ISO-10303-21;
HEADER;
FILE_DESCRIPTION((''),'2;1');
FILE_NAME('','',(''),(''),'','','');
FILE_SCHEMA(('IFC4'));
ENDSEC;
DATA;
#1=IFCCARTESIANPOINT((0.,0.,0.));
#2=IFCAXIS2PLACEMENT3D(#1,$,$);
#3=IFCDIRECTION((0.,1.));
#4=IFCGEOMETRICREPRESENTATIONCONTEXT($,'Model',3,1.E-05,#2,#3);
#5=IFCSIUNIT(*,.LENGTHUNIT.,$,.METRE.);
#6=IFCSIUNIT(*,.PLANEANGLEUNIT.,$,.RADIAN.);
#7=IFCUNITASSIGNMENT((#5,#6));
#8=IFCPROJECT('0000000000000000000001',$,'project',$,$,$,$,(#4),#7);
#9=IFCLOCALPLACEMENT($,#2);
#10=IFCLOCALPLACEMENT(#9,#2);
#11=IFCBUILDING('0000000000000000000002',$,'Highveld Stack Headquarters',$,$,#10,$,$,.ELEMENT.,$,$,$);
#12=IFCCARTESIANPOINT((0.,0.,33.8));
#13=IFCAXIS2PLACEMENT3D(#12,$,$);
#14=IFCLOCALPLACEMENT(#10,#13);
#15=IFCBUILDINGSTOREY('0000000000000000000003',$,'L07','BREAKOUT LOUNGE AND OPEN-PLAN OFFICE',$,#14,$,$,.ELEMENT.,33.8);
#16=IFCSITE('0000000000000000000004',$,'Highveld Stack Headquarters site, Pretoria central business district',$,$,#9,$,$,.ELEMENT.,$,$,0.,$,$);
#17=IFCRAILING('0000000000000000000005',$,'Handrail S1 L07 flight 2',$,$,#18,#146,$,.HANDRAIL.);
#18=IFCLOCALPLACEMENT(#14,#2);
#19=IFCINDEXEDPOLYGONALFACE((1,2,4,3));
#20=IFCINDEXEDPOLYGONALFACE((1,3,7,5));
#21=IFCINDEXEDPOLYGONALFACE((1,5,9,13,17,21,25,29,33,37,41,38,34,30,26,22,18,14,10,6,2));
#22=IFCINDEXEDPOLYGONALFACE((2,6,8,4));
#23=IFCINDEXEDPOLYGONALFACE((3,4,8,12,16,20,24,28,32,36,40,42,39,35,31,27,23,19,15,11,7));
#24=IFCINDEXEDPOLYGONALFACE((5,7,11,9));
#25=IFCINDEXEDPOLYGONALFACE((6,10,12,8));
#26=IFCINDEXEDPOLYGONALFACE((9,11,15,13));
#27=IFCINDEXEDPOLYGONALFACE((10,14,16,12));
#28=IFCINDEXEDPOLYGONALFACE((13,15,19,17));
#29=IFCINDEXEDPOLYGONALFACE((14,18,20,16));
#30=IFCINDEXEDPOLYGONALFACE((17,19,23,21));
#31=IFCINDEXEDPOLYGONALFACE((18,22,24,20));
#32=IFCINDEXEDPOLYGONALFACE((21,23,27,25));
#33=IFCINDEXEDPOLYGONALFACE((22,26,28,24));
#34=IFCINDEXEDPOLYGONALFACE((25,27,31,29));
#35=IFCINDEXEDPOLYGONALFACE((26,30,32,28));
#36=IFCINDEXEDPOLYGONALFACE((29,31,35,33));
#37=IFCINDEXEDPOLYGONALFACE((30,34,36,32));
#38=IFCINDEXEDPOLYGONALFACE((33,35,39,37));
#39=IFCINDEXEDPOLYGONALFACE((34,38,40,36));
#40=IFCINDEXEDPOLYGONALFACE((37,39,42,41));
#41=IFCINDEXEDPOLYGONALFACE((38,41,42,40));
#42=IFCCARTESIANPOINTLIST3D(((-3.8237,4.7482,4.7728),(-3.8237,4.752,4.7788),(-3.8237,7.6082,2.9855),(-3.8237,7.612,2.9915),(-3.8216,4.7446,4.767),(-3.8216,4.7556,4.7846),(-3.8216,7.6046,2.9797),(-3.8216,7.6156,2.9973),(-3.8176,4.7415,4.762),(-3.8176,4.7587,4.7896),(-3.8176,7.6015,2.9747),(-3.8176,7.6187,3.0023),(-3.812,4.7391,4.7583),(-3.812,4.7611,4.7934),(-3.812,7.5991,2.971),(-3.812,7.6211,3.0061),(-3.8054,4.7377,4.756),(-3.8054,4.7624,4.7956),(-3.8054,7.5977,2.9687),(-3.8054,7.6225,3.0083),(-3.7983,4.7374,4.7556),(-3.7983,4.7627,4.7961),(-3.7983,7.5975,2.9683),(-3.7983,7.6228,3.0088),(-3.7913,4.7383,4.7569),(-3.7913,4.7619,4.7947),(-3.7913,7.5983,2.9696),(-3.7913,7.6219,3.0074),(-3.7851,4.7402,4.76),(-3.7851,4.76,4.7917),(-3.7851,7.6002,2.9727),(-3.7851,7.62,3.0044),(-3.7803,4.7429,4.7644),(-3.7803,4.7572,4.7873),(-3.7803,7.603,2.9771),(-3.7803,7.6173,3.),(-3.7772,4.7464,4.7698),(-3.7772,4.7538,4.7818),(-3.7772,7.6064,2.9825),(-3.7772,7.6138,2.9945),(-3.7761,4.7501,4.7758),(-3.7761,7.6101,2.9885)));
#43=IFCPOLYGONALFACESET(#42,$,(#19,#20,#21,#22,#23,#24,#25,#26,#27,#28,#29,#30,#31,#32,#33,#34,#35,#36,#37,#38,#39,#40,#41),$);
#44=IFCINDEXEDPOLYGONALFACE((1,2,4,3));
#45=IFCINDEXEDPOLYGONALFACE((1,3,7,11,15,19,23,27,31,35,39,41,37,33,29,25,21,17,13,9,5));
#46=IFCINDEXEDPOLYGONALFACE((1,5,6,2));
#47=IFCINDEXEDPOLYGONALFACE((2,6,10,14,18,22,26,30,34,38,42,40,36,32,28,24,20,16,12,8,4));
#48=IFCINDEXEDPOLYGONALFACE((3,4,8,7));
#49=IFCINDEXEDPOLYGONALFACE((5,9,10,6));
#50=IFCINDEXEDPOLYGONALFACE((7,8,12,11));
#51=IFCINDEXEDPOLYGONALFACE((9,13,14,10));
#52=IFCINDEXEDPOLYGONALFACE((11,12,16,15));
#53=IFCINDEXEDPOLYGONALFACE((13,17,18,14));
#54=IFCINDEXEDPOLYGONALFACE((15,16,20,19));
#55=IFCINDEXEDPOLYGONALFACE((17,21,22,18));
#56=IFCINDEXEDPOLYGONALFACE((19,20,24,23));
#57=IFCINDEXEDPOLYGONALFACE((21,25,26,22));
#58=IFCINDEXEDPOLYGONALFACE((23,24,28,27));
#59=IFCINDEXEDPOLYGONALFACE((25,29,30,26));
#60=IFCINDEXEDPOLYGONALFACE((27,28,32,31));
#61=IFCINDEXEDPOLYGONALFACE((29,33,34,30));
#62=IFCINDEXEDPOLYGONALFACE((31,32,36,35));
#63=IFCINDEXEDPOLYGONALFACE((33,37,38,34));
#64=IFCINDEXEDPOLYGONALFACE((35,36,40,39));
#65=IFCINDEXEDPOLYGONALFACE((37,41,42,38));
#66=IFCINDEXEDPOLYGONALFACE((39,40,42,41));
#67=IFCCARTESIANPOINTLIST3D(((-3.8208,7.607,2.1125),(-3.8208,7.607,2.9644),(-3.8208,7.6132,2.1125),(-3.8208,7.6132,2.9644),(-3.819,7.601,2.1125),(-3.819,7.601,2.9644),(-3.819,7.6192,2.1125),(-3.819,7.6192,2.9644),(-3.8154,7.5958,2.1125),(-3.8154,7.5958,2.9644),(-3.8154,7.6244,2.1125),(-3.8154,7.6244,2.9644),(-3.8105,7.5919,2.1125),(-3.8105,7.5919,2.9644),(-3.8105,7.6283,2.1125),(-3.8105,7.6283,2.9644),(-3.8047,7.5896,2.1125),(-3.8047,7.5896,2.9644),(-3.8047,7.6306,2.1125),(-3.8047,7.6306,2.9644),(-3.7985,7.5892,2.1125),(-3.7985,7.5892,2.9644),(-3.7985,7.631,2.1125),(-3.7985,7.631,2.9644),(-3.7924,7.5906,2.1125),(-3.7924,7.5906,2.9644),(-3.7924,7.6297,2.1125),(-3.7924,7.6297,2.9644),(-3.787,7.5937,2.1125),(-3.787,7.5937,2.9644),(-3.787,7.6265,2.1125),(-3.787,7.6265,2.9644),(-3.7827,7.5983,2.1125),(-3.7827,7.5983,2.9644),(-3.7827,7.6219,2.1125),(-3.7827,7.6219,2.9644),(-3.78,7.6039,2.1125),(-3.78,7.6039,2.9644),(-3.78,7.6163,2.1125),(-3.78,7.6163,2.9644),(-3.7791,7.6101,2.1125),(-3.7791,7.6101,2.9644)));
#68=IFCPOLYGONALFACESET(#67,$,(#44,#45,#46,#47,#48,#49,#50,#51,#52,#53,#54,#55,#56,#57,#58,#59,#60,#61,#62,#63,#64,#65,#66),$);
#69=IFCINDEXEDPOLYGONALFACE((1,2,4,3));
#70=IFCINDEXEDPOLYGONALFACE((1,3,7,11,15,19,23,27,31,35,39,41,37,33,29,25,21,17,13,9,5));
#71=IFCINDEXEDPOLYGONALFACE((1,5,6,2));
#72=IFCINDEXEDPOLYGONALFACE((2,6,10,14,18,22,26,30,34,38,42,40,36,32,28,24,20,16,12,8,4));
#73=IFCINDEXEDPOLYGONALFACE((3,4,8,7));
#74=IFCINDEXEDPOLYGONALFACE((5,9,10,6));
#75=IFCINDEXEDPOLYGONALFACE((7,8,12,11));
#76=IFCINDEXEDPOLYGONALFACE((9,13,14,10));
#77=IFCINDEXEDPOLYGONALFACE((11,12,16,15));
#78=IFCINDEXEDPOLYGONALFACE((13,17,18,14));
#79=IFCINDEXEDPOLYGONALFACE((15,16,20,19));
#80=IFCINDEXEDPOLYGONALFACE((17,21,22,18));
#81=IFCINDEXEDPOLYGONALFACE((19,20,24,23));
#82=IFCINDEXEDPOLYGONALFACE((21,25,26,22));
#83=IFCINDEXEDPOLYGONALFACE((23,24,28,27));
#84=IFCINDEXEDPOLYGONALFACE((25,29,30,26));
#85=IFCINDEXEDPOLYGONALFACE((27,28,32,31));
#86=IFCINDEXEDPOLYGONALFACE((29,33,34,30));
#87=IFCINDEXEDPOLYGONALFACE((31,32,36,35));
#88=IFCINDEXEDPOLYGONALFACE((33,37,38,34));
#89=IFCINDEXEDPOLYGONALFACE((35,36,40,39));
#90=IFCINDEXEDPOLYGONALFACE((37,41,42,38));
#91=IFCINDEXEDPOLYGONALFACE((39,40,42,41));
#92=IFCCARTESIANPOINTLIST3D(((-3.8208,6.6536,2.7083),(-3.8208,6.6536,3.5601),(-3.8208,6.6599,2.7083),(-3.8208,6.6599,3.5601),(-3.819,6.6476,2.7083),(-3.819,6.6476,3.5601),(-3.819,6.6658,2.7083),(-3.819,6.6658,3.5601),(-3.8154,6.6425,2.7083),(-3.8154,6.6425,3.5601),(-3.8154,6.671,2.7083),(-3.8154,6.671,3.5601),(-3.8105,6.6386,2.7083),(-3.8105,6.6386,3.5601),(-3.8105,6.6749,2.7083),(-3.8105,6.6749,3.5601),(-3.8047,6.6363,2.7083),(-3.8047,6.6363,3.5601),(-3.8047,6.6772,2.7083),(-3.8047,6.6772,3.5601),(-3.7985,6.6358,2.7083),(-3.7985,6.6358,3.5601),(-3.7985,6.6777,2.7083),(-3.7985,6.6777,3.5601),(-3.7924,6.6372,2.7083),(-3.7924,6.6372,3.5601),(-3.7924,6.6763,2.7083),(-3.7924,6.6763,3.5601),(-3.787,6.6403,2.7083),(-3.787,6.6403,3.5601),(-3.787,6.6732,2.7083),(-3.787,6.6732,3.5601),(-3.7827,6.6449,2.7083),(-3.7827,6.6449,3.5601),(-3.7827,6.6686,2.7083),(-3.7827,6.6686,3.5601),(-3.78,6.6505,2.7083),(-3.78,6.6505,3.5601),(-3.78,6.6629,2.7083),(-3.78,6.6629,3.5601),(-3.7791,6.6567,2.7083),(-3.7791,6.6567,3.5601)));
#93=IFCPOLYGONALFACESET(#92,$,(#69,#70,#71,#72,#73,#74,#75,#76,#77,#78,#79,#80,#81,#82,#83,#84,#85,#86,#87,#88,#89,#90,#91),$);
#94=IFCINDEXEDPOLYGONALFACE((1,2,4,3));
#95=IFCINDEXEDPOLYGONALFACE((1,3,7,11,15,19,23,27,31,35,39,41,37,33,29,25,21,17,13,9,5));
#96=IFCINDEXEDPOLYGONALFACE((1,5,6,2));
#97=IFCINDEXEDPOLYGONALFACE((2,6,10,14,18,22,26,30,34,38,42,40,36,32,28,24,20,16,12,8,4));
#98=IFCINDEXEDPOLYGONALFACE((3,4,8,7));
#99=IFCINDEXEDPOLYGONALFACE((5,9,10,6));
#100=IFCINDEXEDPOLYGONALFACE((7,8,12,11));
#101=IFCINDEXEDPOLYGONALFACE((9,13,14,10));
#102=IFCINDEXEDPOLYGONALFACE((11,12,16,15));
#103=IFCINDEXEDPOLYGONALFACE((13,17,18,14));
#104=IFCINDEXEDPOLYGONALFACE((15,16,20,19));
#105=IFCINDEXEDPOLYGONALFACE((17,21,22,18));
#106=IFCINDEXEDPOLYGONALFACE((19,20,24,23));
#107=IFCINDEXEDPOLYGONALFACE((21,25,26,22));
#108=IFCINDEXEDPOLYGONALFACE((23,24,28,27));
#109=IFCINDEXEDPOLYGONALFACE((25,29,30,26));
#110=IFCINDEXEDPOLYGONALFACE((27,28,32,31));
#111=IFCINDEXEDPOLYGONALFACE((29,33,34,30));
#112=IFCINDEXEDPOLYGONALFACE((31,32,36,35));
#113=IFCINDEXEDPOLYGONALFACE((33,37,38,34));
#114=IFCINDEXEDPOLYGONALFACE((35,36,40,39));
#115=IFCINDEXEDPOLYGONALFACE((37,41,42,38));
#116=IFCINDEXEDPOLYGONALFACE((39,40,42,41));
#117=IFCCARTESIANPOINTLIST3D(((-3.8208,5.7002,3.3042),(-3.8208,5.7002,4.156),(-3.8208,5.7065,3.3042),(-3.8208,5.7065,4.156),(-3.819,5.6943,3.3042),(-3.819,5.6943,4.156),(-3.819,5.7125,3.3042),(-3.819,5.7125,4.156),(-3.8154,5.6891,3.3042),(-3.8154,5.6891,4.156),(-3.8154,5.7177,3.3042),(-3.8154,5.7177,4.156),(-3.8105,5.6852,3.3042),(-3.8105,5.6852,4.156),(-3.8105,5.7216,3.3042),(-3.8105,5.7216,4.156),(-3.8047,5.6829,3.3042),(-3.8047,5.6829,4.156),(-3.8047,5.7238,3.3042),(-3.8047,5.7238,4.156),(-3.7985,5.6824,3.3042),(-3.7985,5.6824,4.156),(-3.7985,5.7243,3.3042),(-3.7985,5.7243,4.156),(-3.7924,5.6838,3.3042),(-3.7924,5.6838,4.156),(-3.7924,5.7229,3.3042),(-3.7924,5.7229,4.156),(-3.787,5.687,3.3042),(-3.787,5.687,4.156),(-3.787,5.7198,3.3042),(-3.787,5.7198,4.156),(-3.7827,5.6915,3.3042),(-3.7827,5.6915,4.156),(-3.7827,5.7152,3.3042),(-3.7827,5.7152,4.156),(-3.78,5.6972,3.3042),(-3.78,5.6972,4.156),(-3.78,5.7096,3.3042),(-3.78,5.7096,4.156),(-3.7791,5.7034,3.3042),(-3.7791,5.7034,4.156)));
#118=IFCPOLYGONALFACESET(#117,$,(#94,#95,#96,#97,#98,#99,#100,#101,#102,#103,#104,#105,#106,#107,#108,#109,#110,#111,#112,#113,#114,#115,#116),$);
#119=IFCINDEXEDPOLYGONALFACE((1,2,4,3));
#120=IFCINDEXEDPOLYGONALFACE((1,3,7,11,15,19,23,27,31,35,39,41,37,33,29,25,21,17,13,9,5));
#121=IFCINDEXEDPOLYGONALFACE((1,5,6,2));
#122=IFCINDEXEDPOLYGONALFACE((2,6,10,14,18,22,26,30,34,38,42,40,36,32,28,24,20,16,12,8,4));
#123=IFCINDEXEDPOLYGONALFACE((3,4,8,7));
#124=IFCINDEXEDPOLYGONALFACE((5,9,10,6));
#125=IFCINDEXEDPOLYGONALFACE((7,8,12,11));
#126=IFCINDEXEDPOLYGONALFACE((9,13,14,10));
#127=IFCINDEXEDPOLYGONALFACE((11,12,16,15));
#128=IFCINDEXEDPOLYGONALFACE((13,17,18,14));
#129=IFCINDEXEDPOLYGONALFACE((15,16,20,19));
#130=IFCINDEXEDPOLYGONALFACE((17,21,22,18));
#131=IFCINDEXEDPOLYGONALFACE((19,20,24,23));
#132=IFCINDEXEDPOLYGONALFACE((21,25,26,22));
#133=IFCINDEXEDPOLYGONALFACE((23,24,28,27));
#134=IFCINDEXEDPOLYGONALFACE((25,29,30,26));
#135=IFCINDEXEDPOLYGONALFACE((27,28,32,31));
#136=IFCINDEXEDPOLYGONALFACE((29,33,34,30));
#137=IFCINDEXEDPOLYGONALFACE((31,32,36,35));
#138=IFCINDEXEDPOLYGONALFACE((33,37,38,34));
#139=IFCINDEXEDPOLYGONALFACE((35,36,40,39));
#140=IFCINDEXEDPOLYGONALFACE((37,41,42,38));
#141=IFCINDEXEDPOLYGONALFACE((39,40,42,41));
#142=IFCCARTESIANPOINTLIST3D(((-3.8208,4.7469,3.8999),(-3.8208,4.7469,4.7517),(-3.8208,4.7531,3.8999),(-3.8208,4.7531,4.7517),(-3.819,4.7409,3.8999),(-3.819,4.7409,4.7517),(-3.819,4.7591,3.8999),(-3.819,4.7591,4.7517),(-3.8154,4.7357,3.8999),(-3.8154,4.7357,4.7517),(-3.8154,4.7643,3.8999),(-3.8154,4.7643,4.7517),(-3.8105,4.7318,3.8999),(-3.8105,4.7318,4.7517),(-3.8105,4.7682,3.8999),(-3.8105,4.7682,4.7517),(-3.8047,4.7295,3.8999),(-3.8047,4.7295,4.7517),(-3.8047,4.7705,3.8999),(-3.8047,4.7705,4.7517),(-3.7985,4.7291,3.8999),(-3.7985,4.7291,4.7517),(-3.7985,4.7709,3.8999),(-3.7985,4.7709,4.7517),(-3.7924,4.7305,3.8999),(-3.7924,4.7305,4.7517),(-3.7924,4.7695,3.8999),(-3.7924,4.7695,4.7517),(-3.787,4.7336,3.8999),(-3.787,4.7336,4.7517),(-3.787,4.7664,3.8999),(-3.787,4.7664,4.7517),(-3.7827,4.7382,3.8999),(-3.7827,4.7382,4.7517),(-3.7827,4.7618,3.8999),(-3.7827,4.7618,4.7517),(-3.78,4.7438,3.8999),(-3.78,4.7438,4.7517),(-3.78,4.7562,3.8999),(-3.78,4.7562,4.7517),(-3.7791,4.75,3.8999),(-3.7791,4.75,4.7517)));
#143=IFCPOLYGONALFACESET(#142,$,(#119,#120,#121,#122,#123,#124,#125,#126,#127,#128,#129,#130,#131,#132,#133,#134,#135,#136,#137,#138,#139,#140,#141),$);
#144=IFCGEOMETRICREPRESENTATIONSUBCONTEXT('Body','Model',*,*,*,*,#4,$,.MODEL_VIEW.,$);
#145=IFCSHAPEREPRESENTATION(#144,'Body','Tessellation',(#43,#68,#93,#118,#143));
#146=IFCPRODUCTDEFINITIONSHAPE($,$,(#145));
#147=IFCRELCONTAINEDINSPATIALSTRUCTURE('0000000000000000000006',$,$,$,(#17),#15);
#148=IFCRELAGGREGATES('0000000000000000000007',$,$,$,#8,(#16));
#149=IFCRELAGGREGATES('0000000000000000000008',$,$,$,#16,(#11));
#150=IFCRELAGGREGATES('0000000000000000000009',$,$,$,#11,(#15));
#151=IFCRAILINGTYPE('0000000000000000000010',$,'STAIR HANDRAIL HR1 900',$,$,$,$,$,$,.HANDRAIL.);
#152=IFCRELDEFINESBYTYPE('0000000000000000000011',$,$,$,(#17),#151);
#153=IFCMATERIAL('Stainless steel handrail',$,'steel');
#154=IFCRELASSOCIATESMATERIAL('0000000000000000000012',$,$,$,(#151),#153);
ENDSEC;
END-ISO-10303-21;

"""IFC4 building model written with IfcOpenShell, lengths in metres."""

from ifc_helpers import new_model, si_unit, direction, frame, origin, origin_2d, place, context, subcontext, project, spatial, circle, extrude, material, type_object, element, save


model = new_model("IFC4")

# Units and contexts
model_context = context("Model", 3, precision=1e-05, world=origin(), true_north=direction((0.0, 1.0)))
body_context = subcontext(model_context, "Body", "Model", "MODEL_VIEW")
ifc_project = project(units=[si_unit("LENGTHUNIT", "METRE"), si_unit("PLANEANGLEUNIT", "RADIAN")], contexts=[model_context])

# Site, building, storey
site_placement = place(None, origin())
site = spatial("IfcSite", under=ifc_project, at=site_placement, Name="Highveld Stack Headquarters site, Pretoria central business district", CompositionType="ELEMENT", RefElevation=0.0)
building_placement = place(site_placement, origin())
building = spatial("IfcBuilding", under=site, at=building_placement, Name="Highveld Stack Headquarters", CompositionType="ELEMENT")
storey_placement = place(building_placement, frame((0.0, 0.0, 33.8)))
storey = spatial("IfcBuildingStorey", under=building, at=storey_placement, Name="L07", Description="BREAKOUT LOUNGE AND OPEN-PLAN OFFICE", CompositionType="ELEMENT", Elevation=33.8)

# Railing
ifc_material_1 = material(Name="Stainless steel handrail", Category="steel")
railing_type = type_object("IfcRailingType", Name="STAIR HANDRAIL HR1 900", PredefinedType="HANDRAIL", material=ifc_material_1)
railing_placement = place(storey_placement, frame((-3.8, 7.6101, 2.1125)))
element("IfcRailing", 1, at=railing_placement, inside=storey, type_object=railing_type, Name="Handrail S1 L07 flight 2", PredefinedType="HANDRAIL", context=body_context, shape_type="SweptSolid", body=[
    extrude(circle(Radius=0.0239, at=origin_2d()), frame((0.0, 0.0, 0.876), z_axis=(0.0, -0.848027, 0.529953), x_axis=(1.0, 0.0, 0.0)), (0.0, 0.0, 1.0), 3.3726),
    extrude(circle(Radius=0.021, at=origin_2d()), origin(), (0.0, 0.0, 1.0), 0.8518),
    extrude(circle(Radius=0.021, at=origin_2d()), frame((0.0, -0.9534, 0.5957)), (0.0, 0.0, 1.0), 0.8518),
    extrude(circle(Radius=0.021, at=origin_2d()), frame((0.0, -1.9067, 1.1917)), (0.0, 0.0, 1.0), 0.8518),
    extrude(circle(Radius=0.021, at=origin_2d()), frame((0.0, -2.8601, 1.7874)), (0.0, 0.0, 1.0), 0.8518),
])

save(model, "model.ifc")
